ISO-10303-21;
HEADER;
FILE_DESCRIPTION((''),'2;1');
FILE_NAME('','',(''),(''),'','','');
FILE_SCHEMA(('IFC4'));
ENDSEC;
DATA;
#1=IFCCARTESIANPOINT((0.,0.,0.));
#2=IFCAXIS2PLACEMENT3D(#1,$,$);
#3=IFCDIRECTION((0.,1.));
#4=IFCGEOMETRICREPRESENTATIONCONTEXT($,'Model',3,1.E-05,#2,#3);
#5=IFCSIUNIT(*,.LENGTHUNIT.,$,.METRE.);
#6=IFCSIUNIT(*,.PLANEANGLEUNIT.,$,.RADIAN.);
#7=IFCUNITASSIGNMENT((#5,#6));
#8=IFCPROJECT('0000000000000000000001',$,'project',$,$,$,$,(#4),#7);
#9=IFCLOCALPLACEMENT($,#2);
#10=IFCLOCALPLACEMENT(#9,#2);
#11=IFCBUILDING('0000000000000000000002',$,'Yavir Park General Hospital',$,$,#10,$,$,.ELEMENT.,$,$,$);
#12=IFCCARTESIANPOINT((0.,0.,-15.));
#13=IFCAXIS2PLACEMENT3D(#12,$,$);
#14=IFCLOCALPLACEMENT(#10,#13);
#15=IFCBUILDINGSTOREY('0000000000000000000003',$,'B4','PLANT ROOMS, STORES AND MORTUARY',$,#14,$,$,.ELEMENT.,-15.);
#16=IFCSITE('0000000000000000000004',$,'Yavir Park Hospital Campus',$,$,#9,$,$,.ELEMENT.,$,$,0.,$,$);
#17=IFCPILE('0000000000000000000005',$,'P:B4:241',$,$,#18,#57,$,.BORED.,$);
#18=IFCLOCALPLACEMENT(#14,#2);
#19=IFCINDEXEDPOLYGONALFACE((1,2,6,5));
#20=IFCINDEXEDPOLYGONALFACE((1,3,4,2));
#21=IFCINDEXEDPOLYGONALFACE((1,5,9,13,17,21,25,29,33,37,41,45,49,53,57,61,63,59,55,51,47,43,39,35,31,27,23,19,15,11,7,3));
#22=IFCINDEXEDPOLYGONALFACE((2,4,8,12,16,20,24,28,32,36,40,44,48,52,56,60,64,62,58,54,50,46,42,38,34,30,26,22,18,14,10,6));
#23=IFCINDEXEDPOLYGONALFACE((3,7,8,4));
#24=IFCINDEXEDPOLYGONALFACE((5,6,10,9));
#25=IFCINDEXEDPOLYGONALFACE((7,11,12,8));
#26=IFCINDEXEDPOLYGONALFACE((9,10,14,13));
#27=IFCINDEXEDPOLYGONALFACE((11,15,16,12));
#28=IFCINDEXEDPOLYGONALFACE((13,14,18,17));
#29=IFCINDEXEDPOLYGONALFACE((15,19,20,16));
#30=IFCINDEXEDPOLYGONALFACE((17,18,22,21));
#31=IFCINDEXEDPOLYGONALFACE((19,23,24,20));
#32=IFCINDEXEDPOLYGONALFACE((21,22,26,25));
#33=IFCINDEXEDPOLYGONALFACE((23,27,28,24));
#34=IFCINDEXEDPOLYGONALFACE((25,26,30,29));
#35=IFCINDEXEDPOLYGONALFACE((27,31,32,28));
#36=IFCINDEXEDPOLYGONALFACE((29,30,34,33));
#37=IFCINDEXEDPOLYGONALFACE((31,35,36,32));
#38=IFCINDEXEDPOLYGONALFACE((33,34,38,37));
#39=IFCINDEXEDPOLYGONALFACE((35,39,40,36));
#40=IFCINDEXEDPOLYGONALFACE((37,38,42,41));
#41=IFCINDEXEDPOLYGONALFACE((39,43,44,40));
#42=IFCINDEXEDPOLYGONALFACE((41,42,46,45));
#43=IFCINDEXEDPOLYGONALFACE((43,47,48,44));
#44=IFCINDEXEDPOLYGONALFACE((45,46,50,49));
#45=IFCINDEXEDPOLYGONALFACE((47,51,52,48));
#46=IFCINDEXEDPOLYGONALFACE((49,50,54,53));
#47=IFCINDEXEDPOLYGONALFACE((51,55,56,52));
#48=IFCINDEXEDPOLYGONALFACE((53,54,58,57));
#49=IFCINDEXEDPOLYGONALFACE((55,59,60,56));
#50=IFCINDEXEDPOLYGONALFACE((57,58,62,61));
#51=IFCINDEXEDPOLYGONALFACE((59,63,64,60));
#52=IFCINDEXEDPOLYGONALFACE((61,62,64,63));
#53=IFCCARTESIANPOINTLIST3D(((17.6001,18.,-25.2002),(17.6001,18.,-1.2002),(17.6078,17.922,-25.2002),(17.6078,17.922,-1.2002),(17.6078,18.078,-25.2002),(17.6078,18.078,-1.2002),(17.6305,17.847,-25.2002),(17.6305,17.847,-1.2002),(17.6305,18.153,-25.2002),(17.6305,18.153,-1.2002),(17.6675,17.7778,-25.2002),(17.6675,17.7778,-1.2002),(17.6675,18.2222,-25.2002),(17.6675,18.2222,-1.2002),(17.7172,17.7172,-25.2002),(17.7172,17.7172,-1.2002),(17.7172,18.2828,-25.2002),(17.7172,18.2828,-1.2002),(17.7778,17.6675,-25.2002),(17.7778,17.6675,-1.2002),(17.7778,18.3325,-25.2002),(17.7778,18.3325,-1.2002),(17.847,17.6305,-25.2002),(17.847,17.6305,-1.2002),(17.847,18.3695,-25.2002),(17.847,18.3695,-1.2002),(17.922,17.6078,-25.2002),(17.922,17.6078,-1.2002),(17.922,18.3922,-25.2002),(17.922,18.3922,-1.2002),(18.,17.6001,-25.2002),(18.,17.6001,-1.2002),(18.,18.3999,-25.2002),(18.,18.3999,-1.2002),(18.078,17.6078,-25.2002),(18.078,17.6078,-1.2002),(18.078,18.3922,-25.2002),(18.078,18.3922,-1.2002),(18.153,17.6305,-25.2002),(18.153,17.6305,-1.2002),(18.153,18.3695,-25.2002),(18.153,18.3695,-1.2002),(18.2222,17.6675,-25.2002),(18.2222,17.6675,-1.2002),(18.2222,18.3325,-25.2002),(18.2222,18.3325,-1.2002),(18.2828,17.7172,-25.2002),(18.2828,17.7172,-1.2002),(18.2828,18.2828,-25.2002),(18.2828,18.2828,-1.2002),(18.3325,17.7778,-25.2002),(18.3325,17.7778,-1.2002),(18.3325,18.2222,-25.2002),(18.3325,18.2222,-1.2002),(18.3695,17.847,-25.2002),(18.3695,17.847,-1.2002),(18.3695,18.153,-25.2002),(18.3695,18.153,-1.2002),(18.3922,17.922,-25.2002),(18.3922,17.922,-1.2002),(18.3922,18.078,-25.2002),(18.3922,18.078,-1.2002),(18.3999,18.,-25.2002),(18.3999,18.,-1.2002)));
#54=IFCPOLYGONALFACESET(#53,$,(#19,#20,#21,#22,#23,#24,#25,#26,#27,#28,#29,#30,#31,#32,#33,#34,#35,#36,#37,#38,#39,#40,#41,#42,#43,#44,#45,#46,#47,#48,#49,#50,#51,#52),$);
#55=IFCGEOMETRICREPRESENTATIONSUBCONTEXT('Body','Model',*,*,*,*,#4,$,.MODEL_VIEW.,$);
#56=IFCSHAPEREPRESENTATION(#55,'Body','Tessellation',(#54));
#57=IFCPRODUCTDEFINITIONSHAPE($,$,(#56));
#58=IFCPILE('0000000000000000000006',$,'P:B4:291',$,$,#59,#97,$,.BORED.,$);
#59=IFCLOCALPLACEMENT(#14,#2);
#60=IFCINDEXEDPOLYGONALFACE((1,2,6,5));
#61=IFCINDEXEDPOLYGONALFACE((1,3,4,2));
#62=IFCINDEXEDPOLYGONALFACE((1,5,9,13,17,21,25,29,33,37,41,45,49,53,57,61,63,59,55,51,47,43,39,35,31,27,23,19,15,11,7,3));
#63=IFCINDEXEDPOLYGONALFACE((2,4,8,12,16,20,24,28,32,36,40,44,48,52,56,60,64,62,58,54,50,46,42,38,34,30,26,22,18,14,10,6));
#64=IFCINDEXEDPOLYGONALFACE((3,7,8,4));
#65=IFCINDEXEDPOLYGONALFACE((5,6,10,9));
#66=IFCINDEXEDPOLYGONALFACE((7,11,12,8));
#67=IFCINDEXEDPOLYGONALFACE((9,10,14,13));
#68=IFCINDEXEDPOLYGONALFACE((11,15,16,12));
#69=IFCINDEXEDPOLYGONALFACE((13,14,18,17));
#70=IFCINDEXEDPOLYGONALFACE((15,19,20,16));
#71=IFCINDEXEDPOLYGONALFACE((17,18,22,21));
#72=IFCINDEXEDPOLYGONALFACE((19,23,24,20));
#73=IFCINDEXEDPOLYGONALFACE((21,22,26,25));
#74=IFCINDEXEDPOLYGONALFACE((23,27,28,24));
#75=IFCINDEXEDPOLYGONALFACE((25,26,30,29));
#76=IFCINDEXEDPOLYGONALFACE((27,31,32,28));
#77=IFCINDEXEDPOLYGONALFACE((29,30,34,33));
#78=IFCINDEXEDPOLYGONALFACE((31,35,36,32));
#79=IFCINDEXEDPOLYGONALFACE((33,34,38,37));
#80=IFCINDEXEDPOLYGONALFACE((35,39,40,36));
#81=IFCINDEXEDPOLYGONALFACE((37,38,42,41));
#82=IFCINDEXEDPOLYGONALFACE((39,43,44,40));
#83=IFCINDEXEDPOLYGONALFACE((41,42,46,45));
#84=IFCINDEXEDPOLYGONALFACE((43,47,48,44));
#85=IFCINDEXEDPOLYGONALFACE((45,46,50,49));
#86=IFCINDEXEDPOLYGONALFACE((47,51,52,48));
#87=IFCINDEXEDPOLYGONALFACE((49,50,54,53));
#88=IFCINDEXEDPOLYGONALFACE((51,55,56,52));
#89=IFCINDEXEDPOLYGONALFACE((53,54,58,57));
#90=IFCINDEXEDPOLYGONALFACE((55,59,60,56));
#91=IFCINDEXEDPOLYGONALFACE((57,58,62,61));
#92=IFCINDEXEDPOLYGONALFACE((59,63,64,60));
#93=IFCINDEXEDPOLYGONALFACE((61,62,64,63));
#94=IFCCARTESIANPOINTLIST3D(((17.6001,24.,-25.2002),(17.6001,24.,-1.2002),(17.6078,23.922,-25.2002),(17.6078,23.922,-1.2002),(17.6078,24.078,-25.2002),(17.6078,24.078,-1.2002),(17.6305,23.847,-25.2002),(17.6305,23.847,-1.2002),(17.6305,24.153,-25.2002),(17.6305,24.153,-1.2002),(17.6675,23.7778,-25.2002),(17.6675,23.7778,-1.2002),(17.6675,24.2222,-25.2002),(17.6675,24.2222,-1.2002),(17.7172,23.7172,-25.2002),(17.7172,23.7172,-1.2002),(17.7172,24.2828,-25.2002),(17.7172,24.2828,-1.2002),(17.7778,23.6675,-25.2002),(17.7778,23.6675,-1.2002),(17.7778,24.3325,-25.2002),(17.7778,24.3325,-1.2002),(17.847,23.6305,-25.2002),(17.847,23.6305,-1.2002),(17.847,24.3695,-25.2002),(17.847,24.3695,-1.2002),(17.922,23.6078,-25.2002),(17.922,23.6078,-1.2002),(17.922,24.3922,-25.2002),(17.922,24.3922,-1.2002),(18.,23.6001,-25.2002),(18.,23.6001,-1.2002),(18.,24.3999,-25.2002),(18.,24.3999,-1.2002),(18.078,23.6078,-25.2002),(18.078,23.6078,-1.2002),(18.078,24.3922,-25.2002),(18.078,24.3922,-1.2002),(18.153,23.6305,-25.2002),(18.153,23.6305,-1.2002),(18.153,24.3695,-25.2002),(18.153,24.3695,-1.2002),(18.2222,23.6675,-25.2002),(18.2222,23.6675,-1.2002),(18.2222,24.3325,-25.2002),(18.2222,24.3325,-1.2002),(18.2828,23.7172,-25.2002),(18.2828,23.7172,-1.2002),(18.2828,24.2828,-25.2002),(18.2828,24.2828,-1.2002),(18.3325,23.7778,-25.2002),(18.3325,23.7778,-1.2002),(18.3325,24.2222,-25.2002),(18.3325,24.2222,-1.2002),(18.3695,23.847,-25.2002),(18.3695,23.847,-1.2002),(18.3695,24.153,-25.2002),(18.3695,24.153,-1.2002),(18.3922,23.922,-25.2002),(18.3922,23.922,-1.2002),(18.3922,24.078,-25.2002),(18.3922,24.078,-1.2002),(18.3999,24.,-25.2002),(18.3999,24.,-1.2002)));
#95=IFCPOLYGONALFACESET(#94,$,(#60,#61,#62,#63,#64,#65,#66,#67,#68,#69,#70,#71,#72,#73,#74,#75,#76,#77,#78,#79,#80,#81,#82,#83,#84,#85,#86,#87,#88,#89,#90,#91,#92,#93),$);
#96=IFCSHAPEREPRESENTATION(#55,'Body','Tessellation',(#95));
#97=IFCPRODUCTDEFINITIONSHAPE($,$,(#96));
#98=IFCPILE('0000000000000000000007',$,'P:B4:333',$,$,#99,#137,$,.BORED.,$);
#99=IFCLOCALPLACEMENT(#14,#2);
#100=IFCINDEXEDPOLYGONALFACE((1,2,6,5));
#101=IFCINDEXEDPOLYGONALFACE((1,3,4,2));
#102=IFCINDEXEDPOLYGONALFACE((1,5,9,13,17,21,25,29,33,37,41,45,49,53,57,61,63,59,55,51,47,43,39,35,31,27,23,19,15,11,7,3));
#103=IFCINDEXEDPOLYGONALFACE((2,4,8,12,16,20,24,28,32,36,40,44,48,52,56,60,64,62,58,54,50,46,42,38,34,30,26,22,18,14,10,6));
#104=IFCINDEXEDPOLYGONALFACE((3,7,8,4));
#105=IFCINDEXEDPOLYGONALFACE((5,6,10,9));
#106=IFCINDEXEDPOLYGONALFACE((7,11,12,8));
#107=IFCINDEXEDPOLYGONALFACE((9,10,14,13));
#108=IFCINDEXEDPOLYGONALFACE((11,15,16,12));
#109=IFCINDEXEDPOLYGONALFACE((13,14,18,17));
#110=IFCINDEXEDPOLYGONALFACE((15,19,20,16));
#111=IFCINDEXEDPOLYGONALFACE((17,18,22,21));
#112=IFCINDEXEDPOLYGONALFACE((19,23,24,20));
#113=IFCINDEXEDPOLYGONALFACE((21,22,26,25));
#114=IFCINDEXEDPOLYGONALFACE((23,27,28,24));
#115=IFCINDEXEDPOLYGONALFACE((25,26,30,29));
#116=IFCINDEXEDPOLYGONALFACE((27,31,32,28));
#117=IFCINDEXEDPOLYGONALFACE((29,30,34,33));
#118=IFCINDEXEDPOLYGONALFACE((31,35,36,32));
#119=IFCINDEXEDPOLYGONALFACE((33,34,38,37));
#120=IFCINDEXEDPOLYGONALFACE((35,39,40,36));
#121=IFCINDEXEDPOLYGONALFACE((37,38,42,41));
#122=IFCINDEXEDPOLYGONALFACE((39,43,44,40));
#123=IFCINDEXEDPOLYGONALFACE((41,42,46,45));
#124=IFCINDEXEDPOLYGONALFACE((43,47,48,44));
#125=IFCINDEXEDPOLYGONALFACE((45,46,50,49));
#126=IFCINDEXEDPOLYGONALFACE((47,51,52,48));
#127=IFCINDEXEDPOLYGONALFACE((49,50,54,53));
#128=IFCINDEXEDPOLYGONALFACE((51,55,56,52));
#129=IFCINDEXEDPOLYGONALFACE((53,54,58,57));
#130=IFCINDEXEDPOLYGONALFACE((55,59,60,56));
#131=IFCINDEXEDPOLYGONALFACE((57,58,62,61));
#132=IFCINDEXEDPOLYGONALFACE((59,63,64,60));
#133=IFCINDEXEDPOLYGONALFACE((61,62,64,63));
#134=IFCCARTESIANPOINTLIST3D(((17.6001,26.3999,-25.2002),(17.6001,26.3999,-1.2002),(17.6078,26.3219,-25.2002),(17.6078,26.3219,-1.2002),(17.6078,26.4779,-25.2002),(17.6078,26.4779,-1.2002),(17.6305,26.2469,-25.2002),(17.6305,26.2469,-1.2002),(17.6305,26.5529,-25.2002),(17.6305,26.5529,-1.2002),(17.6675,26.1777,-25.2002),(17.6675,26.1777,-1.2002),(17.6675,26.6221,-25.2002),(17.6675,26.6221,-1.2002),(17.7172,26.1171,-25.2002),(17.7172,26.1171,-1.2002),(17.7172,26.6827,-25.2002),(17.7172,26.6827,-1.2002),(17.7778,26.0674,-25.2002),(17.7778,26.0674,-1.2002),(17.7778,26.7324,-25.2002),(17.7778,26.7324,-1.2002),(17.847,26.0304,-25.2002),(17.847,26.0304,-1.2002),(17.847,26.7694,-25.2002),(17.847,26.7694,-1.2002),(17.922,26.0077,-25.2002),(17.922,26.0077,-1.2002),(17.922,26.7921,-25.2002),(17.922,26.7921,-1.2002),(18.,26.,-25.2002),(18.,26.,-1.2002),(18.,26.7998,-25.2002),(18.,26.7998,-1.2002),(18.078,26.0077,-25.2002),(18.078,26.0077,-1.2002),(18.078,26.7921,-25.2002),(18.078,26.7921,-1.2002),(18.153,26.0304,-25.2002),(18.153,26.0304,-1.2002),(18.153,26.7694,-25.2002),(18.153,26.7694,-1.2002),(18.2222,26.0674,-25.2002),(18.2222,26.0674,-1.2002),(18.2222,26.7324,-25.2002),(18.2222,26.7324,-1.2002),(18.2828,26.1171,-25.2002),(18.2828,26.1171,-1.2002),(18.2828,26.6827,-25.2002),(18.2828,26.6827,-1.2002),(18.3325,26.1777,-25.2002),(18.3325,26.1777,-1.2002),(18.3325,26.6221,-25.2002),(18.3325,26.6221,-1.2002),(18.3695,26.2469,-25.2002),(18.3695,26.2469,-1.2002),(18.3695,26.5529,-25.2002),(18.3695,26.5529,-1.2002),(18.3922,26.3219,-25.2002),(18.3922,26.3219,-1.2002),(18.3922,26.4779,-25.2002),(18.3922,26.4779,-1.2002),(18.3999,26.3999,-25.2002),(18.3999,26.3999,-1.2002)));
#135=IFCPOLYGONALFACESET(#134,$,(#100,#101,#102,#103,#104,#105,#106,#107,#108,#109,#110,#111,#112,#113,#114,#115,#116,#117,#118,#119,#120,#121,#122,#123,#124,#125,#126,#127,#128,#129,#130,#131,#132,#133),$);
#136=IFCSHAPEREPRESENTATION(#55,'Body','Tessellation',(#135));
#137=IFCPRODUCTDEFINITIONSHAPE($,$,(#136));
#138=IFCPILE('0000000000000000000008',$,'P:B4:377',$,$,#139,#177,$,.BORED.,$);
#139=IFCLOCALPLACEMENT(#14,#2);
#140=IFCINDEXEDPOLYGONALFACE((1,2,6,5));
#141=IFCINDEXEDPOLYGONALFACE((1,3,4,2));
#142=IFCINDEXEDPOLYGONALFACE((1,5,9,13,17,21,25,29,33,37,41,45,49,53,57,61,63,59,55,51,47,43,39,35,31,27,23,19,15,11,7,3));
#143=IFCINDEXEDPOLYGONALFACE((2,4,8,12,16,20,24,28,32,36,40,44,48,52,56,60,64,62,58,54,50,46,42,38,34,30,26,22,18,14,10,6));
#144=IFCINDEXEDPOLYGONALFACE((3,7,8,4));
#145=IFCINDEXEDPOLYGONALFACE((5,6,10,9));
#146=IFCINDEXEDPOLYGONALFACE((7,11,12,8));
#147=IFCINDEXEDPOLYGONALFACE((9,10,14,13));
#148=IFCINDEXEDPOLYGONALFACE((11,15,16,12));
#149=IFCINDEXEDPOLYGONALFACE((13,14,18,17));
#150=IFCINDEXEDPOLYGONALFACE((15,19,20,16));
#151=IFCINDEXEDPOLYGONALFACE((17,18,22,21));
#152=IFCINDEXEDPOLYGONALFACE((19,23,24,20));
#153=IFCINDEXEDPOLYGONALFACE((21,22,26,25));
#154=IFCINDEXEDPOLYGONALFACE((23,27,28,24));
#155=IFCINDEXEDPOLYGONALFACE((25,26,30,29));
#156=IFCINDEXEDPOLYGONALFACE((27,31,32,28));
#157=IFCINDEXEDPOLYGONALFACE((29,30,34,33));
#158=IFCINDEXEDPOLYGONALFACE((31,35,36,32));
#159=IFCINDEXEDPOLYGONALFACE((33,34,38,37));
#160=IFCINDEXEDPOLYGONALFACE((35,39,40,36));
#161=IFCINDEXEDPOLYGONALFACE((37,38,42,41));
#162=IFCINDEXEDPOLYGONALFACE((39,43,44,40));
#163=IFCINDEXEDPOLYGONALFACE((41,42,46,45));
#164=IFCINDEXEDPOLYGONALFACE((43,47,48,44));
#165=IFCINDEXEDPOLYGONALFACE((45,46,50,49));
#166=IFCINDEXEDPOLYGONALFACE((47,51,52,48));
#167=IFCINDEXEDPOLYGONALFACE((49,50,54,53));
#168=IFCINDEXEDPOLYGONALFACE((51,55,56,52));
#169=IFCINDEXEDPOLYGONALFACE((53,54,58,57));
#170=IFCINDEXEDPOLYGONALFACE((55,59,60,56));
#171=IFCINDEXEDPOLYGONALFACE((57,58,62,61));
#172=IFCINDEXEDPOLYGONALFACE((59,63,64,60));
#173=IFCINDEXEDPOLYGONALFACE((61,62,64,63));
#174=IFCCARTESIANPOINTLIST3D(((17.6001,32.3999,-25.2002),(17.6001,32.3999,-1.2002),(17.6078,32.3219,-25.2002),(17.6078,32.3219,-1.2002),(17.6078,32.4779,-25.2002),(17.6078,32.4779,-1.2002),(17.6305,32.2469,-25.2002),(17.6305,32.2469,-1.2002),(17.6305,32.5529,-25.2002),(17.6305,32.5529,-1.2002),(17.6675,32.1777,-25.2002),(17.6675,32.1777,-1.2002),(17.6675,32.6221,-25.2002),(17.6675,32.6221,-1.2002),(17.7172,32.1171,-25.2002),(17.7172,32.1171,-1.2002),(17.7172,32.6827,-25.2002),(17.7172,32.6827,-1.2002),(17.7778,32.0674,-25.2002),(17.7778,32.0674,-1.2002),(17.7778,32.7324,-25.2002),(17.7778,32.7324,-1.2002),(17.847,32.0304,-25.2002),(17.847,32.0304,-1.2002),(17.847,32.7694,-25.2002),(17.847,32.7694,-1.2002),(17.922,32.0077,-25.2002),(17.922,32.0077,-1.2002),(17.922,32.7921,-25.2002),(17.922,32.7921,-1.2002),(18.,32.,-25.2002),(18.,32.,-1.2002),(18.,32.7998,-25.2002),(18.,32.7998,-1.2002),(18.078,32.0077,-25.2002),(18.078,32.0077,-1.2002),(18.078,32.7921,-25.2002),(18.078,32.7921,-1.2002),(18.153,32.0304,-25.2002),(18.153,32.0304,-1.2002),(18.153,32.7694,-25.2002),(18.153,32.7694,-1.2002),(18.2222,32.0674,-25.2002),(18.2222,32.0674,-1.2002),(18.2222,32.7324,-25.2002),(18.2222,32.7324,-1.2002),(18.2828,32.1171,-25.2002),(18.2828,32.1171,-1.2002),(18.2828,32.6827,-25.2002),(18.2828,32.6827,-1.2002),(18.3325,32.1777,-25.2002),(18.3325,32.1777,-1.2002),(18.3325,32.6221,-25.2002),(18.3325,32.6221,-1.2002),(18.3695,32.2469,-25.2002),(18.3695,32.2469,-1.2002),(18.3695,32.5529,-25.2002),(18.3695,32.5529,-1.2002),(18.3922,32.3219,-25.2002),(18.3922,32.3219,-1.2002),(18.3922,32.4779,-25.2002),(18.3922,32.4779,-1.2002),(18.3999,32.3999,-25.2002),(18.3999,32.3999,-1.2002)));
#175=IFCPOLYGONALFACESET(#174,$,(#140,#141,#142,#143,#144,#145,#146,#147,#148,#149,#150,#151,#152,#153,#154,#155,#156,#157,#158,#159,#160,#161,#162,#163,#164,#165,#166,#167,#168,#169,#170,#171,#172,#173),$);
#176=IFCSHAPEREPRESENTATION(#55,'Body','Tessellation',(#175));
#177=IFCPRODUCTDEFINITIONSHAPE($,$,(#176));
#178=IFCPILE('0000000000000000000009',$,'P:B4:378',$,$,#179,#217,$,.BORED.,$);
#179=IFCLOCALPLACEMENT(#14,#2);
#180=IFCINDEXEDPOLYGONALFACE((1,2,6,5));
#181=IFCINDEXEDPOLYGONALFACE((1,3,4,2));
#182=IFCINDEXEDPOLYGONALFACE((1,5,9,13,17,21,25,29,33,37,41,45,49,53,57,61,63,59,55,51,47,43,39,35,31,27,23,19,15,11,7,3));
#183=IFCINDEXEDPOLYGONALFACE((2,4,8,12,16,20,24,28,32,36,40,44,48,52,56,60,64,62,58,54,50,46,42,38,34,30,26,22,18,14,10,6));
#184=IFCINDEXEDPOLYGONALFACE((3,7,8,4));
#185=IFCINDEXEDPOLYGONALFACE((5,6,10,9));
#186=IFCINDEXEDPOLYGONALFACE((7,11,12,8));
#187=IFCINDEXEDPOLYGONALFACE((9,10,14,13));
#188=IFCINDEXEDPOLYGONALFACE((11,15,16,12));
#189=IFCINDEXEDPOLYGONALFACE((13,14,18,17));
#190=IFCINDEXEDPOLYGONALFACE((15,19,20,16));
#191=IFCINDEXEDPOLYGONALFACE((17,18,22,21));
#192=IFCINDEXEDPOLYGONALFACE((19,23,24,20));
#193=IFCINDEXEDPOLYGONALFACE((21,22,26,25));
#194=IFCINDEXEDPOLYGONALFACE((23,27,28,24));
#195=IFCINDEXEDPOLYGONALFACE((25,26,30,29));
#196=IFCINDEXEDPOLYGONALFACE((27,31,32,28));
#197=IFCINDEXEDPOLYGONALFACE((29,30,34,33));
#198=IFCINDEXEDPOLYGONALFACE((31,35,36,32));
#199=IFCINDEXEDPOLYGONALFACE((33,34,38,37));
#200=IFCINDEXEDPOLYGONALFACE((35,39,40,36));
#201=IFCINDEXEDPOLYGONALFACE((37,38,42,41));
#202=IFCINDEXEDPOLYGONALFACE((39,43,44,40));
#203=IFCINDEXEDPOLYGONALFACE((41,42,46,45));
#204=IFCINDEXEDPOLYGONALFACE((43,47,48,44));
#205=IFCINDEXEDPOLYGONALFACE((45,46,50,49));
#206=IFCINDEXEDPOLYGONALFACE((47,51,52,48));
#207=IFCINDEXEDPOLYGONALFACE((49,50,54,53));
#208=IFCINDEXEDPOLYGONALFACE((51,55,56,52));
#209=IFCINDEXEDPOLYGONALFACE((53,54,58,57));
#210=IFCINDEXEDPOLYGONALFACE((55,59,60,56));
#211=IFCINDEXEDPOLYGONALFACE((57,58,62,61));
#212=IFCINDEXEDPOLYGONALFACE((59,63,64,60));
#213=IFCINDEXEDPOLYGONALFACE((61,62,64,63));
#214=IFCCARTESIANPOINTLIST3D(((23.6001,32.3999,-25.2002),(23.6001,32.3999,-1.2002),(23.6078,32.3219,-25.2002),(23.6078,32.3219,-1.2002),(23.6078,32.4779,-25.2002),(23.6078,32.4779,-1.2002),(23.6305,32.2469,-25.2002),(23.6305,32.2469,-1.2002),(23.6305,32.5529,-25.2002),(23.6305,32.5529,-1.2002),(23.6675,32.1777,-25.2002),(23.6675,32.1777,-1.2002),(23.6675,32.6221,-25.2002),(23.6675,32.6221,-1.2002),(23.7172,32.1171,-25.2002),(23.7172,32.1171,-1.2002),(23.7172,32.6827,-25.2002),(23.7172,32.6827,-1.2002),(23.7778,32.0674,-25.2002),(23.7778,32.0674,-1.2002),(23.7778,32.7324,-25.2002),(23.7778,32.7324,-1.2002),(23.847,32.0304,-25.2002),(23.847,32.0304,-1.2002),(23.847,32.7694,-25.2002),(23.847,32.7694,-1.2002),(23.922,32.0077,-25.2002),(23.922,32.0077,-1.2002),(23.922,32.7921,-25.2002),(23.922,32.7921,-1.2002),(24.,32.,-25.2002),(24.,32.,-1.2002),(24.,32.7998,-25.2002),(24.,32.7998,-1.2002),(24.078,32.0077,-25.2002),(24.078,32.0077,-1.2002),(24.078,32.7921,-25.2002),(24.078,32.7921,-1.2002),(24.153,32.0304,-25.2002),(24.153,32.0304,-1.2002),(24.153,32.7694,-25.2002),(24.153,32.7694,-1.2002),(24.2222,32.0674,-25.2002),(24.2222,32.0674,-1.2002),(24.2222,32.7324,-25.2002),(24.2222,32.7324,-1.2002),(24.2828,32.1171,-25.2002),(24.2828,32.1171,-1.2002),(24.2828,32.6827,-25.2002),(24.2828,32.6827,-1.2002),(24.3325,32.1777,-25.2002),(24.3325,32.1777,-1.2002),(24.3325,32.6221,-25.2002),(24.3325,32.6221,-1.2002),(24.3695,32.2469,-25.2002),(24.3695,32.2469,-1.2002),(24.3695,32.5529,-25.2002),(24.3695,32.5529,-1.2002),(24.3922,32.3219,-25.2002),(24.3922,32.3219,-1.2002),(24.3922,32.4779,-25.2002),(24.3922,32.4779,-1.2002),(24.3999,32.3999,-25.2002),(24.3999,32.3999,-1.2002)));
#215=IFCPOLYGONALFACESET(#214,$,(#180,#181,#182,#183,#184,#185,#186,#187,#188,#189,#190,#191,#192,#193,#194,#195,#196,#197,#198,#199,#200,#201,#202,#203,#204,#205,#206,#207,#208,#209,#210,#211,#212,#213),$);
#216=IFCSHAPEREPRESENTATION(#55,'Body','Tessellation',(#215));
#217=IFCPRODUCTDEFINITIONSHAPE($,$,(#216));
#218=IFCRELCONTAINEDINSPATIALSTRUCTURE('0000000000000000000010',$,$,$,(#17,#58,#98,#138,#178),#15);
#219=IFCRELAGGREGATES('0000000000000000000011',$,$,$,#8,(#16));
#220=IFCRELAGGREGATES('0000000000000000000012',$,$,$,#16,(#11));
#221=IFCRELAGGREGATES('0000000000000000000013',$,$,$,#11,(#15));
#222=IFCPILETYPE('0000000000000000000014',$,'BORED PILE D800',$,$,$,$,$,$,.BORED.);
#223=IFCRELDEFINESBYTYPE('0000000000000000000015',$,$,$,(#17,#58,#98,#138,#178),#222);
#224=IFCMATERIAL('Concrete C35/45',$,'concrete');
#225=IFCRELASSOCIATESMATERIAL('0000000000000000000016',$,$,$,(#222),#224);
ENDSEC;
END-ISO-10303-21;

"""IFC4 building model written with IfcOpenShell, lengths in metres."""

from ifc_helpers import new_model, si_unit, direction, frame, origin, origin_2d, place, context, subcontext, project, spatial, circle, extrude, material, material_profile, profile_set, type_object, element, save


model = new_model("IFC4")

# Units and contexts
model_context = context("Model", 3, precision=1e-05, world=origin(), true_north=direction((0.0, 1.0)))
body_context = subcontext(model_context, "Body", "Model", "MODEL_VIEW")
ifc_project = project(units=[si_unit("LENGTHUNIT", "METRE"), si_unit("PLANEANGLEUNIT", "RADIAN")], contexts=[model_context])

# Site, building, storey
site_placement = place(None, origin())
site = spatial("IfcSite", under=ifc_project, at=site_placement, Name="Yavir Park Hospital Campus", CompositionType="ELEMENT", RefElevation=0.0)
building_placement = place(site_placement, origin())
building = spatial("IfcBuilding", under=site, at=building_placement, Name="Yavir Park General Hospital", CompositionType="ELEMENT")
storey_placement = place(building_placement, frame((0.0, 0.0, -15.0)))
storey = spatial("IfcBuildingStorey", under=building, at=storey_placement, Name="B4", Description="PLANT ROOMS, STORES AND MORTUARY", CompositionType="ELEMENT", Elevation=-15.0)

# Piles
ifc_material_1 = material(Name="Concrete C35/45", Category="concrete")
ifc_material_profile_1 = material_profile(ifc_material_1, circle(Radius=0.3999, at=origin_2d()), Name="D800")
ifc_profile_set_1 = profile_set([ifc_material_profile_1], Name="Concrete C35/45")
pile_type_1 = type_object("IfcPileType", Name="BORED PILE D800", PredefinedType="BORED", material=ifc_profile_set_1)
for number, where, z_axis, x_axis, name in (
    (1, (18.0, 18.0, -1.2002), (0.0, 0.0, -1.0), (1.0, 0.0, 0.0), "P:B4:241"),
    (2, (18.0, 24.0, -1.2002), (0.0, 0.0, -1.0), (1.0, 0.0, 0.0), "P:B4:291"),
    (3, (18.0, 26.3999, -1.2002), (0.0, 0.0, -1.0), (1.0, 0.0, 0.0), "P:B4:333"),
    (4, (18.0, 32.3999, -1.2002), (0.0, 0.0, -1.0), (1.0, 0.0, 0.0), "P:B4:377"),
    (5, (24.0, 32.3999, -1.2002), (0.0, 0.0, -1.0), (1.0, 0.0, 0.0), "P:B4:378"),
):
    element("IfcPile", number, at=place(storey_placement, frame(where, z_axis=z_axis, x_axis=x_axis)), inside=storey, type_object=pile_type_1, Name=name, PredefinedType="BORED", context=body_context, shape_type="SweptSolid", body=[
        extrude(circle(Radius=0.3999, at=origin_2d()), origin(), (0.0, 0.0, 1.0), 24.0),
    ])

save(model, "model.ifc")
